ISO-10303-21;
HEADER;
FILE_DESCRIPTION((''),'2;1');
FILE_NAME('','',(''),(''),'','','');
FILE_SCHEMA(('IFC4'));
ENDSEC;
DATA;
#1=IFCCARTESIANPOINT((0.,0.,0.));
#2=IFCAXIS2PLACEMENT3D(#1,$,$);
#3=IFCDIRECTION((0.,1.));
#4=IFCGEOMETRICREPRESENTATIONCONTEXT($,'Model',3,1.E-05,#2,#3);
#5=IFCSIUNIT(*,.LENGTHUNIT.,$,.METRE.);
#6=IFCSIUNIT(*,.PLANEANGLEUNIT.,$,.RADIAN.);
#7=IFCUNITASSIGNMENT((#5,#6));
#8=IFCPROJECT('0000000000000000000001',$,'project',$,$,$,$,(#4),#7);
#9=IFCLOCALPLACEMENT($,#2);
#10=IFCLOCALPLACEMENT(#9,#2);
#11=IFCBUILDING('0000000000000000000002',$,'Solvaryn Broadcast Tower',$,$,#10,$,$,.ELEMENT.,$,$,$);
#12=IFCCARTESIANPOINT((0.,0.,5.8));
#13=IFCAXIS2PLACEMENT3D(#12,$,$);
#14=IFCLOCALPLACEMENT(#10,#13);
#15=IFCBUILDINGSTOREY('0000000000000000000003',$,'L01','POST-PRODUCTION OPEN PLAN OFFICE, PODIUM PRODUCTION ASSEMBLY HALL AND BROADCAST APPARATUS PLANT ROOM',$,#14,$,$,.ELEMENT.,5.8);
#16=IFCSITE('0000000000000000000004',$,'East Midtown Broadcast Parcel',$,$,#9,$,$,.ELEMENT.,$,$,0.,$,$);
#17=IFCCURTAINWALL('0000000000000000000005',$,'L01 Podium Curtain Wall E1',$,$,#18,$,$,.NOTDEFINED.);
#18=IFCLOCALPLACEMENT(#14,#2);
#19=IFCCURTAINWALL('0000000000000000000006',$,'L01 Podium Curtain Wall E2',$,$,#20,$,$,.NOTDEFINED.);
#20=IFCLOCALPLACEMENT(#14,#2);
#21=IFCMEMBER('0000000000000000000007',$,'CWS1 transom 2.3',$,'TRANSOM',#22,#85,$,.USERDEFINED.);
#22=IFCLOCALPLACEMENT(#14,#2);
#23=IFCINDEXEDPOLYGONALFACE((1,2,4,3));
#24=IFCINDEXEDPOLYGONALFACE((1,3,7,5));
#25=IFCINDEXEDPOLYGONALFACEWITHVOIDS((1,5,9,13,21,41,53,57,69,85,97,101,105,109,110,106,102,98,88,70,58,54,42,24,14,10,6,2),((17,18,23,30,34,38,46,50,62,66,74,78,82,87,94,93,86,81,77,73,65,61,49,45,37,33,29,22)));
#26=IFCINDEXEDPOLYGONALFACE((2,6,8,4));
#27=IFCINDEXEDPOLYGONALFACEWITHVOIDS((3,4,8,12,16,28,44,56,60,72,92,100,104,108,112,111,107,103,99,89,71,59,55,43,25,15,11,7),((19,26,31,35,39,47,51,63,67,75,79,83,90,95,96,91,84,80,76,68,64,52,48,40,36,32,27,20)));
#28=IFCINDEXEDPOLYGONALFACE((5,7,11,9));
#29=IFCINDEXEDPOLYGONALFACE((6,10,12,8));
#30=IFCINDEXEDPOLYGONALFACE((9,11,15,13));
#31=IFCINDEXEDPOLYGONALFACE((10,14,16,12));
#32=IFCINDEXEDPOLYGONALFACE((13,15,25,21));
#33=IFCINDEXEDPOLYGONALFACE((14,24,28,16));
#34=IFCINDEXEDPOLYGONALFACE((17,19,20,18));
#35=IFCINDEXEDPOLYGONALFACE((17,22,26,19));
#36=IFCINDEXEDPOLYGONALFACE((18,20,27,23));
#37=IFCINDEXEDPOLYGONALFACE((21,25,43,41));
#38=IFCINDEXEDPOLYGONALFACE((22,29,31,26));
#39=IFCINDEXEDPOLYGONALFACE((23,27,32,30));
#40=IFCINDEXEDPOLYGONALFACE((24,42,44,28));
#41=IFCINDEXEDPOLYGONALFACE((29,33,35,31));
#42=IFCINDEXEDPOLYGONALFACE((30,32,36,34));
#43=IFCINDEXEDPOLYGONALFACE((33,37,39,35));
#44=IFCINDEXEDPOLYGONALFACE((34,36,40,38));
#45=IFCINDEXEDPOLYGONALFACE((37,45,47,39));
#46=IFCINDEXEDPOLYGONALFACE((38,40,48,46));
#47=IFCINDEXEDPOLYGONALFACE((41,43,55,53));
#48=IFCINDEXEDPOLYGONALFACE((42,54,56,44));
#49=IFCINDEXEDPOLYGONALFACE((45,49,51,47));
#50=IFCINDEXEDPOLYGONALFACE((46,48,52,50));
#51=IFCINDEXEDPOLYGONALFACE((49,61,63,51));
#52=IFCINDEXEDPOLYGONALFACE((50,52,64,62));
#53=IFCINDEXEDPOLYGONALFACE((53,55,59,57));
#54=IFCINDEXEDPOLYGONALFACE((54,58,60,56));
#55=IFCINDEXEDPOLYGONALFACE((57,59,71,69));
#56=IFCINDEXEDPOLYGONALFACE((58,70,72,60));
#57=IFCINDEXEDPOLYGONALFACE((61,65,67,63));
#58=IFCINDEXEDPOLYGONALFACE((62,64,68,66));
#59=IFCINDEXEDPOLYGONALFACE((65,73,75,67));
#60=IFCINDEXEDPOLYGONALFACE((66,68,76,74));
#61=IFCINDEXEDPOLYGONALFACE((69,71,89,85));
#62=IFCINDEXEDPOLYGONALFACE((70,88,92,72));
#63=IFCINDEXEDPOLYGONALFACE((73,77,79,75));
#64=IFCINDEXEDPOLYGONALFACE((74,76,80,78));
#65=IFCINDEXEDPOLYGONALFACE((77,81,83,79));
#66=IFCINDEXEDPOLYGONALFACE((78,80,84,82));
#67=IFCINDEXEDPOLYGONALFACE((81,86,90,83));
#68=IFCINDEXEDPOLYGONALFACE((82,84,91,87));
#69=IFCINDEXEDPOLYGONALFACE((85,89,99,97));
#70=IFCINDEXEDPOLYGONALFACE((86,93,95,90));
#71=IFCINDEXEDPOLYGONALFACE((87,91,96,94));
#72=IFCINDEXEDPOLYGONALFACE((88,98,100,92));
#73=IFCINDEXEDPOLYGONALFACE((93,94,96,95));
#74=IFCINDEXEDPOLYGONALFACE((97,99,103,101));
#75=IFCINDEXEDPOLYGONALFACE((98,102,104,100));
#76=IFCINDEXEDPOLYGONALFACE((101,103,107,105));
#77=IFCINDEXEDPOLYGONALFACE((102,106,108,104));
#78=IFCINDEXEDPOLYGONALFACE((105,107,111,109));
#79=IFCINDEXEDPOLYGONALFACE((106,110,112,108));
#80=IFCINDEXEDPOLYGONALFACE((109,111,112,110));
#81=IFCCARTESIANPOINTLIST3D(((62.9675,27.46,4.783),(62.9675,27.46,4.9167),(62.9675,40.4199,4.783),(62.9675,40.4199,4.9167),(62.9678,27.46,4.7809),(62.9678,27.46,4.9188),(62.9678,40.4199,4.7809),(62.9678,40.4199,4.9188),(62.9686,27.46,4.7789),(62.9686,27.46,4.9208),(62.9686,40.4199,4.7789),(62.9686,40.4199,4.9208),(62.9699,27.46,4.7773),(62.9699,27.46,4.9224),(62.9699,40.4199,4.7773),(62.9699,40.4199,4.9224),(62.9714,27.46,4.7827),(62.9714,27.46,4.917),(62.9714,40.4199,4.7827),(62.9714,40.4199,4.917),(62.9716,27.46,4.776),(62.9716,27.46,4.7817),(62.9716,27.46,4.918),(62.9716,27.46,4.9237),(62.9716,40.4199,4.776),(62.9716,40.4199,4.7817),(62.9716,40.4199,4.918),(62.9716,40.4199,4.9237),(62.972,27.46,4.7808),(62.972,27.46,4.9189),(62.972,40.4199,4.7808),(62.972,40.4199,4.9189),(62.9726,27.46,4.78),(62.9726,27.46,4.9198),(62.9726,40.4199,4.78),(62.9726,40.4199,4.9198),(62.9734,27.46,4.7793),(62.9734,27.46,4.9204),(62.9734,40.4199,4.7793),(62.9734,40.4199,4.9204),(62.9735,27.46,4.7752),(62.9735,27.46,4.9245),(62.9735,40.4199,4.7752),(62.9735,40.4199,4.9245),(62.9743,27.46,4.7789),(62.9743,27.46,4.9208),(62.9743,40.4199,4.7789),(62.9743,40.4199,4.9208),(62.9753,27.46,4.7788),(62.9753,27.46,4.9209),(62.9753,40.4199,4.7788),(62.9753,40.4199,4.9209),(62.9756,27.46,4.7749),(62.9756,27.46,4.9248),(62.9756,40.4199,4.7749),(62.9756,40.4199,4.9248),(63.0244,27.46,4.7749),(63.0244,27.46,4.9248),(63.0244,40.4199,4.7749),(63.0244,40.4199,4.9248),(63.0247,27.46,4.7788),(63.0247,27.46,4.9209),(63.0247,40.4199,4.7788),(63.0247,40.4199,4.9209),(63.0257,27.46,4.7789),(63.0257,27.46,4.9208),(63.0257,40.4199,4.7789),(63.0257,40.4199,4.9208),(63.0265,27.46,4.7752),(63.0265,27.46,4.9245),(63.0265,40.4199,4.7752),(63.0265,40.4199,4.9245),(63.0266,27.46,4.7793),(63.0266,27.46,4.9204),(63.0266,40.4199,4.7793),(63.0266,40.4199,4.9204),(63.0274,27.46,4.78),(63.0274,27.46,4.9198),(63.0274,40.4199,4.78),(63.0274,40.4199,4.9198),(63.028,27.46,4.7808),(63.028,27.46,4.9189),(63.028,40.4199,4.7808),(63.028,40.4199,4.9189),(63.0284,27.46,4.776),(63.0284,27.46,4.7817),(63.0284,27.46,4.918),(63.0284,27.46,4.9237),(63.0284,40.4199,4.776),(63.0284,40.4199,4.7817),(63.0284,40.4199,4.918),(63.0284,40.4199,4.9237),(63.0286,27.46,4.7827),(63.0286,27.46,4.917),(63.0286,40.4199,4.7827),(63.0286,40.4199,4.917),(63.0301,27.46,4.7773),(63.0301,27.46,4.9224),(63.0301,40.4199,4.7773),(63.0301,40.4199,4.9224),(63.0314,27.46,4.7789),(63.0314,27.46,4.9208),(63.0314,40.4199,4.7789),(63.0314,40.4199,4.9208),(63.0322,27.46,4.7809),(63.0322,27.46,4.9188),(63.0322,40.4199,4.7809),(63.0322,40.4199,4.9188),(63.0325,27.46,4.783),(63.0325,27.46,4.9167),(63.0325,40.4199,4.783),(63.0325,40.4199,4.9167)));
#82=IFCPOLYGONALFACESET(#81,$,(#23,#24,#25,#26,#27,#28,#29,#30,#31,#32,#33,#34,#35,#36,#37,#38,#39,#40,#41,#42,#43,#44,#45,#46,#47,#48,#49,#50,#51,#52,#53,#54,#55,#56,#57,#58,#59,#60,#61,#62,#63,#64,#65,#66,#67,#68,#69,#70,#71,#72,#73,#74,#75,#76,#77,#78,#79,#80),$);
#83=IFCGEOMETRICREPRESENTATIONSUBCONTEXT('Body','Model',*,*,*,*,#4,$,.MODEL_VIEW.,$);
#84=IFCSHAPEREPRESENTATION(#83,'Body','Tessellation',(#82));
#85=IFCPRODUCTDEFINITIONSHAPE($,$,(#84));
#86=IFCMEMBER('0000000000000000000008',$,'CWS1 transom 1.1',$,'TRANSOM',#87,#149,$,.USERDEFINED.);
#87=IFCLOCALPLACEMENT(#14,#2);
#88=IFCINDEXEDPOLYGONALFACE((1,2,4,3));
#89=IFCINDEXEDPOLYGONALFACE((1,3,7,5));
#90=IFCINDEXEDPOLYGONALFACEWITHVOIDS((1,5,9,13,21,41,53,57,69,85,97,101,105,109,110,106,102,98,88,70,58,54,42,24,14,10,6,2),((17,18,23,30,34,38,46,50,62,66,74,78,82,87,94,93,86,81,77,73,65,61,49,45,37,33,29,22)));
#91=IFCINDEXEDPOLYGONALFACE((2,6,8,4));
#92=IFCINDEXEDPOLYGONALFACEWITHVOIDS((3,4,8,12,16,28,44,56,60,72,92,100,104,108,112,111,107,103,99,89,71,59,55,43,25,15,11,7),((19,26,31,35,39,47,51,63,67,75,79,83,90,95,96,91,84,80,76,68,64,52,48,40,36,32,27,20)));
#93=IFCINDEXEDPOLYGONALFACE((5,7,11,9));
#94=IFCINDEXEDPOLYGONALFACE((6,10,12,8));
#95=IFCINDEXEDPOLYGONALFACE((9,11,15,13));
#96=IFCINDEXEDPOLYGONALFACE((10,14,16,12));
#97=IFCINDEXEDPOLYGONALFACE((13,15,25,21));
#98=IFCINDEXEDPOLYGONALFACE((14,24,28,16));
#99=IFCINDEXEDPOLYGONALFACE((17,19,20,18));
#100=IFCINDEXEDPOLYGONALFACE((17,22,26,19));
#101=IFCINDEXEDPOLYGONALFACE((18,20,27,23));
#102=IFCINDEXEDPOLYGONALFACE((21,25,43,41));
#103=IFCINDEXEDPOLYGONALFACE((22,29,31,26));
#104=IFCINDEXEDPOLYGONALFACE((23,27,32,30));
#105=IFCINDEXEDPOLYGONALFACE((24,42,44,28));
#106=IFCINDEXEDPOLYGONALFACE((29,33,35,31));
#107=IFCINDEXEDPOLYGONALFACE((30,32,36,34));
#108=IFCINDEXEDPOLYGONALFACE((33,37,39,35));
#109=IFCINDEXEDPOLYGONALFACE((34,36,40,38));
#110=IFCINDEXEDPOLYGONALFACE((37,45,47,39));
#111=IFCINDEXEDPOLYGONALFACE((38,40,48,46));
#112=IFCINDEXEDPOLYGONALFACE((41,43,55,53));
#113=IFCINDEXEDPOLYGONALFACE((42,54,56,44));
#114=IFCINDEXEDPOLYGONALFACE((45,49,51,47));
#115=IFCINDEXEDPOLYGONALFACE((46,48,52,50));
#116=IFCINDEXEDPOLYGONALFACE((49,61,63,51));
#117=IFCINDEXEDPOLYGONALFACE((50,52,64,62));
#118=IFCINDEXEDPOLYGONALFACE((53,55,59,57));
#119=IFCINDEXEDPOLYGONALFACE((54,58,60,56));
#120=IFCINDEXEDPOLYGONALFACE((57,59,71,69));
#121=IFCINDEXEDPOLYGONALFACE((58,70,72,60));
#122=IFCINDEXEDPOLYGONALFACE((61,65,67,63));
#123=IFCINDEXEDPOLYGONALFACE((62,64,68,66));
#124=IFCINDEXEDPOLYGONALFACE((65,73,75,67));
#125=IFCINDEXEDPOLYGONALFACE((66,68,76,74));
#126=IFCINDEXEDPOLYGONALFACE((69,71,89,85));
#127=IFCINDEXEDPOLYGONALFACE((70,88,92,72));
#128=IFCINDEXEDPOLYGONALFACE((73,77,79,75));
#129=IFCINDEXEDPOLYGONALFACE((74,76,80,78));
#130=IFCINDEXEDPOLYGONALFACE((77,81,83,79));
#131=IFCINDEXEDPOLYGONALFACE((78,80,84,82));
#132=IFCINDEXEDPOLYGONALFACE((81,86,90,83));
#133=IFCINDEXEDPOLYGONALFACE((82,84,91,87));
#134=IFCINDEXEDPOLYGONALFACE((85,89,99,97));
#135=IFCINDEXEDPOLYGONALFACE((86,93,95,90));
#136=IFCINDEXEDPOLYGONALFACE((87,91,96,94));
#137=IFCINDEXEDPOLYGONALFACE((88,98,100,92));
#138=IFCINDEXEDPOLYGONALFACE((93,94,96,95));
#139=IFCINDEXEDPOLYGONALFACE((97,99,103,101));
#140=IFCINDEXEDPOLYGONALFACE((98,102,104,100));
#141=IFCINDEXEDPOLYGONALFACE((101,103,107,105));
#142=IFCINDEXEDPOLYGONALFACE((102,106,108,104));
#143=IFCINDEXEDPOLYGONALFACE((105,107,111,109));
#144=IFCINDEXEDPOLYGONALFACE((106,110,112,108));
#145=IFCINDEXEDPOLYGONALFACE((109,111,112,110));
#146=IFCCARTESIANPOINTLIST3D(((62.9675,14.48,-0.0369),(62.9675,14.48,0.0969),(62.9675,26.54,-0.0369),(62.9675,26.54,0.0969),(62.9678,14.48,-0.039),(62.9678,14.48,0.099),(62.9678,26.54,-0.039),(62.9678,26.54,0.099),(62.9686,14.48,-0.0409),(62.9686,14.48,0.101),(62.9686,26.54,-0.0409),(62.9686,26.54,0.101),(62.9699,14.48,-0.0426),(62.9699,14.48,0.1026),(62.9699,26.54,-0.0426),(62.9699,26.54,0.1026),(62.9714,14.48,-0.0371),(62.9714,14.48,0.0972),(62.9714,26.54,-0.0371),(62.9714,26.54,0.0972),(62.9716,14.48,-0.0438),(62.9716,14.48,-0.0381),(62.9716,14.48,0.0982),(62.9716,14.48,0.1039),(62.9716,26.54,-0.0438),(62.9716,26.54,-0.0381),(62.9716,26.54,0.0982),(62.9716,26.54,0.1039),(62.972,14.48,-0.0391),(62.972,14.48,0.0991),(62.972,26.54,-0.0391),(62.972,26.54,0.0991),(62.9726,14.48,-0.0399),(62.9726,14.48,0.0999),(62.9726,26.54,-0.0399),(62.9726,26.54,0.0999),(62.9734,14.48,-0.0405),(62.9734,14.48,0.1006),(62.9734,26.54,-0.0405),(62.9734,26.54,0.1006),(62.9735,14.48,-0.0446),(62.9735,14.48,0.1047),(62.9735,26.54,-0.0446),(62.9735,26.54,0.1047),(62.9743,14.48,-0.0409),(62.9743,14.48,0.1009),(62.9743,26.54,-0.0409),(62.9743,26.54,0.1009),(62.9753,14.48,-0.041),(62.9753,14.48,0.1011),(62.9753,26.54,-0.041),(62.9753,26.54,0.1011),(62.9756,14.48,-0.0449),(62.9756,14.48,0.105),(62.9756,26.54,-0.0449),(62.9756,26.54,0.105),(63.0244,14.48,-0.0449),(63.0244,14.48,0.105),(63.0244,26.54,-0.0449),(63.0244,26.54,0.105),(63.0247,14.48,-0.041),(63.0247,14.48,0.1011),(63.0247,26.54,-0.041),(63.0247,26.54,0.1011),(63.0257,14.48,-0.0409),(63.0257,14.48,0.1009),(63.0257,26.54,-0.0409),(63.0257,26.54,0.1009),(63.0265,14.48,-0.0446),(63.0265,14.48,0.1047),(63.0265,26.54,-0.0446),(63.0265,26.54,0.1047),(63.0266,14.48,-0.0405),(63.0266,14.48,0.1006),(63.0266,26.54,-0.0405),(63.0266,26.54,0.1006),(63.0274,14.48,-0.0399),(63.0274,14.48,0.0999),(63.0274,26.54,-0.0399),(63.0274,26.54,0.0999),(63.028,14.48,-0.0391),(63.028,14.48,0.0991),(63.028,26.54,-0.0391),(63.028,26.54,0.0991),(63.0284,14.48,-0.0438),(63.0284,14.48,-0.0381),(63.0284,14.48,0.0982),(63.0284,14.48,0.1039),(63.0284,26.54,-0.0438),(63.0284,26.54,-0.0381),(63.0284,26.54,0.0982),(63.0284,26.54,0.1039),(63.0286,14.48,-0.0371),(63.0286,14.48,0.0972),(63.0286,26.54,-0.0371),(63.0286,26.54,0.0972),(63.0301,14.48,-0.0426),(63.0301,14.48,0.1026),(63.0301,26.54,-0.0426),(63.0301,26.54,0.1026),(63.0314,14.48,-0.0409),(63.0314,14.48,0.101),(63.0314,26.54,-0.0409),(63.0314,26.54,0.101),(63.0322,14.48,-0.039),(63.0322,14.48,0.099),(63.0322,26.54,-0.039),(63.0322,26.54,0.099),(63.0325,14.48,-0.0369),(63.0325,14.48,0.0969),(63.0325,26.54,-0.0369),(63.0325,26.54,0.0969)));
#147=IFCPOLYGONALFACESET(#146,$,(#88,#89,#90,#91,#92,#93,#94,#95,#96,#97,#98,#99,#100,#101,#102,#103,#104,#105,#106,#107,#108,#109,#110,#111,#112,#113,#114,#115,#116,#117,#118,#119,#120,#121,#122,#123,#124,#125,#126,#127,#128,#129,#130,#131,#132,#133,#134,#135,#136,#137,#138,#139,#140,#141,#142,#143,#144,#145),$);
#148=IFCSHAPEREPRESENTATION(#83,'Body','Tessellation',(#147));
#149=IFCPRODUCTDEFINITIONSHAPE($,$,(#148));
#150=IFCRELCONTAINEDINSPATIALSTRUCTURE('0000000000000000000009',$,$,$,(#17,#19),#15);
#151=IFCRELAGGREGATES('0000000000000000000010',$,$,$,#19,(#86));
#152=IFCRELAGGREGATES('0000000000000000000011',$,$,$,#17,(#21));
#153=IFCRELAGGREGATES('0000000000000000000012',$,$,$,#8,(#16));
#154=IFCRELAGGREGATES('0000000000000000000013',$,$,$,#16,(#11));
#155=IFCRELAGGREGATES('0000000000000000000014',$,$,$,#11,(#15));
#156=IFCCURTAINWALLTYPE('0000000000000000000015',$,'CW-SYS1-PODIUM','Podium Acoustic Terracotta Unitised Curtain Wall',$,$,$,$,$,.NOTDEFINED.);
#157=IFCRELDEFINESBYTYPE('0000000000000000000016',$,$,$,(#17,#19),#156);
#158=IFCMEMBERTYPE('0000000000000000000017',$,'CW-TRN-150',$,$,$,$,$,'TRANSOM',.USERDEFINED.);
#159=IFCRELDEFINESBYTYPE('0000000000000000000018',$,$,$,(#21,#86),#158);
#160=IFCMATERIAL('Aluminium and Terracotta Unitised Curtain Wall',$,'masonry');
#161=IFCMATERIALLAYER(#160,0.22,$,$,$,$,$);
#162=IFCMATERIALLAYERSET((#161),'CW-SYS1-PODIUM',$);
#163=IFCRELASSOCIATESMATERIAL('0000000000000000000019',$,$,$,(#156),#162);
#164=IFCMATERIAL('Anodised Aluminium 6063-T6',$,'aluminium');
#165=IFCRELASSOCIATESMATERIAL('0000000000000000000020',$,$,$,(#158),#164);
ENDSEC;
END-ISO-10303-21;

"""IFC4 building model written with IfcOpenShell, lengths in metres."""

from ifc_helpers import new_model, si_unit, direction, frame, origin, origin_2d, place, context, subcontext, project, spatial, hollow_rectangle, extrude, material, layer, layer_set, material_profile, profile_set, type_object, element, aggregate, save


model = new_model("IFC4")

# Units and contexts
model_context = context("Model", 3, precision=1e-05, world=origin(), true_north=direction((0.0, 1.0)))
body_context = subcontext(model_context, "Body", "Model", "MODEL_VIEW")
ifc_project = project(units=[si_unit("LENGTHUNIT", "METRE"), si_unit("PLANEANGLEUNIT", "RADIAN")], contexts=[model_context])

# Site, building, storey
site_placement = place(None, origin())
site = spatial("IfcSite", under=ifc_project, at=site_placement, Name="East Midtown Broadcast Parcel", CompositionType="ELEMENT", RefElevation=0.0)
building_placement = place(site_placement, origin())
building = spatial("IfcBuilding", under=site, at=building_placement, Name="Solvaryn Broadcast Tower", CompositionType="ELEMENT")
storey_placement = place(building_placement, frame((0.0, 0.0, 5.8)))
storey = spatial("IfcBuildingStorey", under=building, at=storey_placement, Name="L01", Description="POST-PRODUCTION OPEN PLAN OFFICE, PODIUM PRODUCTION ASSEMBLY HALL AND BROADCAST APPARATUS PLANT ROOM", CompositionType="ELEMENT", Elevation=5.8)

# Curtain wall
ifc_material_1 = material(Name="Aluminium and Terracotta Unitised Curtain Wall", Category="masonry")
ifc_layer_1 = layer(ifc_material_1, 0.22)
ifc_layer_set_1 = layer_set([ifc_layer_1], Name="CW-SYS1-PODIUM")
curtain_wall_type = type_object("IfcCurtainWallType", Name="CW-SYS1-PODIUM", Description="Podium Acoustic Terracotta Unitised Curtain Wall", PredefinedType="NOTDEFINED", material=ifc_layer_set_1)
curtain_wall_1_placement = place(storey_placement, origin())
curtain_wall_1 = element("IfcCurtainWall", 1, at=curtain_wall_1_placement, inside=storey, type_object=curtain_wall_type, Name="L01 Podium Curtain Wall E1", PredefinedType="NOTDEFINED")

# Curtain wall
curtain_wall_2_placement = place(storey_placement, origin())
curtain_wall_2 = element("IfcCurtainWall", 2, at=curtain_wall_2_placement, inside=storey, type_object=curtain_wall_type, Name="L01 Podium Curtain Wall E2", PredefinedType="NOTDEFINED")

# Members
ifc_material_2 = material(Name="Anodised Aluminium 6063-T6", Category="aluminium")
ifc_material_profile_1 = material_profile(ifc_material_2, hollow_rectangle(XDim=0.0649, YDim=0.1499, WallThickness=0.0039, InnerFilletRadius=0.0039, OuterFilletRadius=0.0081, at=origin_2d()))
ifc_profile_set_1 = profile_set([ifc_material_profile_1], Name="Anodised Aluminium 6063-T6")
member_type_1 = type_object("IfcMemberType", Name="CW-TRN-150", ElementType="TRANSOM", PredefinedType="USERDEFINED", material=ifc_profile_set_1)
member_1_placement = place(storey_placement, frame((63.0, 40.4199, 4.8499), z_axis=(0.0, -1.0, 0.0), x_axis=(1.0, 0.0, 0.0)))
member_1 = element("IfcMember", 3, at=member_1_placement, type_object=member_type_1, Name="CWS1 transom 2.3", ObjectType="TRANSOM", PredefinedType="USERDEFINED", context=body_context, shape_type="SweptSolid", body=[
    extrude(hollow_rectangle(XDim=0.0649, YDim=0.1499, WallThickness=0.0039, InnerFilletRadius=0.0039, OuterFilletRadius=0.0081, at=origin_2d()), origin(), (0.0, 0.0, 1.0), 12.96),
])
member_2_placement = place(storey_placement, frame((63.0, 26.54, 0.03), z_axis=(0.0, -1.0, 0.0), x_axis=(1.0, 0.0, 0.0)))
member_2 = element("IfcMember", 4, at=member_2_placement, type_object=member_type_1, Name="CWS1 transom 1.1", ObjectType="TRANSOM", PredefinedType="USERDEFINED", context=body_context, shape_type="SweptSolid", body=[
    extrude(hollow_rectangle(XDim=0.0649, YDim=0.1499, WallThickness=0.0039, InnerFilletRadius=0.0039, OuterFilletRadius=0.0081, at=origin_2d()), origin(), (0.0, 0.0, 1.0), 12.0601),
])
aggregate(curtain_wall_2, [member_2])

aggregate(curtain_wall_1, [member_1])

save(model, "model.ifc")
